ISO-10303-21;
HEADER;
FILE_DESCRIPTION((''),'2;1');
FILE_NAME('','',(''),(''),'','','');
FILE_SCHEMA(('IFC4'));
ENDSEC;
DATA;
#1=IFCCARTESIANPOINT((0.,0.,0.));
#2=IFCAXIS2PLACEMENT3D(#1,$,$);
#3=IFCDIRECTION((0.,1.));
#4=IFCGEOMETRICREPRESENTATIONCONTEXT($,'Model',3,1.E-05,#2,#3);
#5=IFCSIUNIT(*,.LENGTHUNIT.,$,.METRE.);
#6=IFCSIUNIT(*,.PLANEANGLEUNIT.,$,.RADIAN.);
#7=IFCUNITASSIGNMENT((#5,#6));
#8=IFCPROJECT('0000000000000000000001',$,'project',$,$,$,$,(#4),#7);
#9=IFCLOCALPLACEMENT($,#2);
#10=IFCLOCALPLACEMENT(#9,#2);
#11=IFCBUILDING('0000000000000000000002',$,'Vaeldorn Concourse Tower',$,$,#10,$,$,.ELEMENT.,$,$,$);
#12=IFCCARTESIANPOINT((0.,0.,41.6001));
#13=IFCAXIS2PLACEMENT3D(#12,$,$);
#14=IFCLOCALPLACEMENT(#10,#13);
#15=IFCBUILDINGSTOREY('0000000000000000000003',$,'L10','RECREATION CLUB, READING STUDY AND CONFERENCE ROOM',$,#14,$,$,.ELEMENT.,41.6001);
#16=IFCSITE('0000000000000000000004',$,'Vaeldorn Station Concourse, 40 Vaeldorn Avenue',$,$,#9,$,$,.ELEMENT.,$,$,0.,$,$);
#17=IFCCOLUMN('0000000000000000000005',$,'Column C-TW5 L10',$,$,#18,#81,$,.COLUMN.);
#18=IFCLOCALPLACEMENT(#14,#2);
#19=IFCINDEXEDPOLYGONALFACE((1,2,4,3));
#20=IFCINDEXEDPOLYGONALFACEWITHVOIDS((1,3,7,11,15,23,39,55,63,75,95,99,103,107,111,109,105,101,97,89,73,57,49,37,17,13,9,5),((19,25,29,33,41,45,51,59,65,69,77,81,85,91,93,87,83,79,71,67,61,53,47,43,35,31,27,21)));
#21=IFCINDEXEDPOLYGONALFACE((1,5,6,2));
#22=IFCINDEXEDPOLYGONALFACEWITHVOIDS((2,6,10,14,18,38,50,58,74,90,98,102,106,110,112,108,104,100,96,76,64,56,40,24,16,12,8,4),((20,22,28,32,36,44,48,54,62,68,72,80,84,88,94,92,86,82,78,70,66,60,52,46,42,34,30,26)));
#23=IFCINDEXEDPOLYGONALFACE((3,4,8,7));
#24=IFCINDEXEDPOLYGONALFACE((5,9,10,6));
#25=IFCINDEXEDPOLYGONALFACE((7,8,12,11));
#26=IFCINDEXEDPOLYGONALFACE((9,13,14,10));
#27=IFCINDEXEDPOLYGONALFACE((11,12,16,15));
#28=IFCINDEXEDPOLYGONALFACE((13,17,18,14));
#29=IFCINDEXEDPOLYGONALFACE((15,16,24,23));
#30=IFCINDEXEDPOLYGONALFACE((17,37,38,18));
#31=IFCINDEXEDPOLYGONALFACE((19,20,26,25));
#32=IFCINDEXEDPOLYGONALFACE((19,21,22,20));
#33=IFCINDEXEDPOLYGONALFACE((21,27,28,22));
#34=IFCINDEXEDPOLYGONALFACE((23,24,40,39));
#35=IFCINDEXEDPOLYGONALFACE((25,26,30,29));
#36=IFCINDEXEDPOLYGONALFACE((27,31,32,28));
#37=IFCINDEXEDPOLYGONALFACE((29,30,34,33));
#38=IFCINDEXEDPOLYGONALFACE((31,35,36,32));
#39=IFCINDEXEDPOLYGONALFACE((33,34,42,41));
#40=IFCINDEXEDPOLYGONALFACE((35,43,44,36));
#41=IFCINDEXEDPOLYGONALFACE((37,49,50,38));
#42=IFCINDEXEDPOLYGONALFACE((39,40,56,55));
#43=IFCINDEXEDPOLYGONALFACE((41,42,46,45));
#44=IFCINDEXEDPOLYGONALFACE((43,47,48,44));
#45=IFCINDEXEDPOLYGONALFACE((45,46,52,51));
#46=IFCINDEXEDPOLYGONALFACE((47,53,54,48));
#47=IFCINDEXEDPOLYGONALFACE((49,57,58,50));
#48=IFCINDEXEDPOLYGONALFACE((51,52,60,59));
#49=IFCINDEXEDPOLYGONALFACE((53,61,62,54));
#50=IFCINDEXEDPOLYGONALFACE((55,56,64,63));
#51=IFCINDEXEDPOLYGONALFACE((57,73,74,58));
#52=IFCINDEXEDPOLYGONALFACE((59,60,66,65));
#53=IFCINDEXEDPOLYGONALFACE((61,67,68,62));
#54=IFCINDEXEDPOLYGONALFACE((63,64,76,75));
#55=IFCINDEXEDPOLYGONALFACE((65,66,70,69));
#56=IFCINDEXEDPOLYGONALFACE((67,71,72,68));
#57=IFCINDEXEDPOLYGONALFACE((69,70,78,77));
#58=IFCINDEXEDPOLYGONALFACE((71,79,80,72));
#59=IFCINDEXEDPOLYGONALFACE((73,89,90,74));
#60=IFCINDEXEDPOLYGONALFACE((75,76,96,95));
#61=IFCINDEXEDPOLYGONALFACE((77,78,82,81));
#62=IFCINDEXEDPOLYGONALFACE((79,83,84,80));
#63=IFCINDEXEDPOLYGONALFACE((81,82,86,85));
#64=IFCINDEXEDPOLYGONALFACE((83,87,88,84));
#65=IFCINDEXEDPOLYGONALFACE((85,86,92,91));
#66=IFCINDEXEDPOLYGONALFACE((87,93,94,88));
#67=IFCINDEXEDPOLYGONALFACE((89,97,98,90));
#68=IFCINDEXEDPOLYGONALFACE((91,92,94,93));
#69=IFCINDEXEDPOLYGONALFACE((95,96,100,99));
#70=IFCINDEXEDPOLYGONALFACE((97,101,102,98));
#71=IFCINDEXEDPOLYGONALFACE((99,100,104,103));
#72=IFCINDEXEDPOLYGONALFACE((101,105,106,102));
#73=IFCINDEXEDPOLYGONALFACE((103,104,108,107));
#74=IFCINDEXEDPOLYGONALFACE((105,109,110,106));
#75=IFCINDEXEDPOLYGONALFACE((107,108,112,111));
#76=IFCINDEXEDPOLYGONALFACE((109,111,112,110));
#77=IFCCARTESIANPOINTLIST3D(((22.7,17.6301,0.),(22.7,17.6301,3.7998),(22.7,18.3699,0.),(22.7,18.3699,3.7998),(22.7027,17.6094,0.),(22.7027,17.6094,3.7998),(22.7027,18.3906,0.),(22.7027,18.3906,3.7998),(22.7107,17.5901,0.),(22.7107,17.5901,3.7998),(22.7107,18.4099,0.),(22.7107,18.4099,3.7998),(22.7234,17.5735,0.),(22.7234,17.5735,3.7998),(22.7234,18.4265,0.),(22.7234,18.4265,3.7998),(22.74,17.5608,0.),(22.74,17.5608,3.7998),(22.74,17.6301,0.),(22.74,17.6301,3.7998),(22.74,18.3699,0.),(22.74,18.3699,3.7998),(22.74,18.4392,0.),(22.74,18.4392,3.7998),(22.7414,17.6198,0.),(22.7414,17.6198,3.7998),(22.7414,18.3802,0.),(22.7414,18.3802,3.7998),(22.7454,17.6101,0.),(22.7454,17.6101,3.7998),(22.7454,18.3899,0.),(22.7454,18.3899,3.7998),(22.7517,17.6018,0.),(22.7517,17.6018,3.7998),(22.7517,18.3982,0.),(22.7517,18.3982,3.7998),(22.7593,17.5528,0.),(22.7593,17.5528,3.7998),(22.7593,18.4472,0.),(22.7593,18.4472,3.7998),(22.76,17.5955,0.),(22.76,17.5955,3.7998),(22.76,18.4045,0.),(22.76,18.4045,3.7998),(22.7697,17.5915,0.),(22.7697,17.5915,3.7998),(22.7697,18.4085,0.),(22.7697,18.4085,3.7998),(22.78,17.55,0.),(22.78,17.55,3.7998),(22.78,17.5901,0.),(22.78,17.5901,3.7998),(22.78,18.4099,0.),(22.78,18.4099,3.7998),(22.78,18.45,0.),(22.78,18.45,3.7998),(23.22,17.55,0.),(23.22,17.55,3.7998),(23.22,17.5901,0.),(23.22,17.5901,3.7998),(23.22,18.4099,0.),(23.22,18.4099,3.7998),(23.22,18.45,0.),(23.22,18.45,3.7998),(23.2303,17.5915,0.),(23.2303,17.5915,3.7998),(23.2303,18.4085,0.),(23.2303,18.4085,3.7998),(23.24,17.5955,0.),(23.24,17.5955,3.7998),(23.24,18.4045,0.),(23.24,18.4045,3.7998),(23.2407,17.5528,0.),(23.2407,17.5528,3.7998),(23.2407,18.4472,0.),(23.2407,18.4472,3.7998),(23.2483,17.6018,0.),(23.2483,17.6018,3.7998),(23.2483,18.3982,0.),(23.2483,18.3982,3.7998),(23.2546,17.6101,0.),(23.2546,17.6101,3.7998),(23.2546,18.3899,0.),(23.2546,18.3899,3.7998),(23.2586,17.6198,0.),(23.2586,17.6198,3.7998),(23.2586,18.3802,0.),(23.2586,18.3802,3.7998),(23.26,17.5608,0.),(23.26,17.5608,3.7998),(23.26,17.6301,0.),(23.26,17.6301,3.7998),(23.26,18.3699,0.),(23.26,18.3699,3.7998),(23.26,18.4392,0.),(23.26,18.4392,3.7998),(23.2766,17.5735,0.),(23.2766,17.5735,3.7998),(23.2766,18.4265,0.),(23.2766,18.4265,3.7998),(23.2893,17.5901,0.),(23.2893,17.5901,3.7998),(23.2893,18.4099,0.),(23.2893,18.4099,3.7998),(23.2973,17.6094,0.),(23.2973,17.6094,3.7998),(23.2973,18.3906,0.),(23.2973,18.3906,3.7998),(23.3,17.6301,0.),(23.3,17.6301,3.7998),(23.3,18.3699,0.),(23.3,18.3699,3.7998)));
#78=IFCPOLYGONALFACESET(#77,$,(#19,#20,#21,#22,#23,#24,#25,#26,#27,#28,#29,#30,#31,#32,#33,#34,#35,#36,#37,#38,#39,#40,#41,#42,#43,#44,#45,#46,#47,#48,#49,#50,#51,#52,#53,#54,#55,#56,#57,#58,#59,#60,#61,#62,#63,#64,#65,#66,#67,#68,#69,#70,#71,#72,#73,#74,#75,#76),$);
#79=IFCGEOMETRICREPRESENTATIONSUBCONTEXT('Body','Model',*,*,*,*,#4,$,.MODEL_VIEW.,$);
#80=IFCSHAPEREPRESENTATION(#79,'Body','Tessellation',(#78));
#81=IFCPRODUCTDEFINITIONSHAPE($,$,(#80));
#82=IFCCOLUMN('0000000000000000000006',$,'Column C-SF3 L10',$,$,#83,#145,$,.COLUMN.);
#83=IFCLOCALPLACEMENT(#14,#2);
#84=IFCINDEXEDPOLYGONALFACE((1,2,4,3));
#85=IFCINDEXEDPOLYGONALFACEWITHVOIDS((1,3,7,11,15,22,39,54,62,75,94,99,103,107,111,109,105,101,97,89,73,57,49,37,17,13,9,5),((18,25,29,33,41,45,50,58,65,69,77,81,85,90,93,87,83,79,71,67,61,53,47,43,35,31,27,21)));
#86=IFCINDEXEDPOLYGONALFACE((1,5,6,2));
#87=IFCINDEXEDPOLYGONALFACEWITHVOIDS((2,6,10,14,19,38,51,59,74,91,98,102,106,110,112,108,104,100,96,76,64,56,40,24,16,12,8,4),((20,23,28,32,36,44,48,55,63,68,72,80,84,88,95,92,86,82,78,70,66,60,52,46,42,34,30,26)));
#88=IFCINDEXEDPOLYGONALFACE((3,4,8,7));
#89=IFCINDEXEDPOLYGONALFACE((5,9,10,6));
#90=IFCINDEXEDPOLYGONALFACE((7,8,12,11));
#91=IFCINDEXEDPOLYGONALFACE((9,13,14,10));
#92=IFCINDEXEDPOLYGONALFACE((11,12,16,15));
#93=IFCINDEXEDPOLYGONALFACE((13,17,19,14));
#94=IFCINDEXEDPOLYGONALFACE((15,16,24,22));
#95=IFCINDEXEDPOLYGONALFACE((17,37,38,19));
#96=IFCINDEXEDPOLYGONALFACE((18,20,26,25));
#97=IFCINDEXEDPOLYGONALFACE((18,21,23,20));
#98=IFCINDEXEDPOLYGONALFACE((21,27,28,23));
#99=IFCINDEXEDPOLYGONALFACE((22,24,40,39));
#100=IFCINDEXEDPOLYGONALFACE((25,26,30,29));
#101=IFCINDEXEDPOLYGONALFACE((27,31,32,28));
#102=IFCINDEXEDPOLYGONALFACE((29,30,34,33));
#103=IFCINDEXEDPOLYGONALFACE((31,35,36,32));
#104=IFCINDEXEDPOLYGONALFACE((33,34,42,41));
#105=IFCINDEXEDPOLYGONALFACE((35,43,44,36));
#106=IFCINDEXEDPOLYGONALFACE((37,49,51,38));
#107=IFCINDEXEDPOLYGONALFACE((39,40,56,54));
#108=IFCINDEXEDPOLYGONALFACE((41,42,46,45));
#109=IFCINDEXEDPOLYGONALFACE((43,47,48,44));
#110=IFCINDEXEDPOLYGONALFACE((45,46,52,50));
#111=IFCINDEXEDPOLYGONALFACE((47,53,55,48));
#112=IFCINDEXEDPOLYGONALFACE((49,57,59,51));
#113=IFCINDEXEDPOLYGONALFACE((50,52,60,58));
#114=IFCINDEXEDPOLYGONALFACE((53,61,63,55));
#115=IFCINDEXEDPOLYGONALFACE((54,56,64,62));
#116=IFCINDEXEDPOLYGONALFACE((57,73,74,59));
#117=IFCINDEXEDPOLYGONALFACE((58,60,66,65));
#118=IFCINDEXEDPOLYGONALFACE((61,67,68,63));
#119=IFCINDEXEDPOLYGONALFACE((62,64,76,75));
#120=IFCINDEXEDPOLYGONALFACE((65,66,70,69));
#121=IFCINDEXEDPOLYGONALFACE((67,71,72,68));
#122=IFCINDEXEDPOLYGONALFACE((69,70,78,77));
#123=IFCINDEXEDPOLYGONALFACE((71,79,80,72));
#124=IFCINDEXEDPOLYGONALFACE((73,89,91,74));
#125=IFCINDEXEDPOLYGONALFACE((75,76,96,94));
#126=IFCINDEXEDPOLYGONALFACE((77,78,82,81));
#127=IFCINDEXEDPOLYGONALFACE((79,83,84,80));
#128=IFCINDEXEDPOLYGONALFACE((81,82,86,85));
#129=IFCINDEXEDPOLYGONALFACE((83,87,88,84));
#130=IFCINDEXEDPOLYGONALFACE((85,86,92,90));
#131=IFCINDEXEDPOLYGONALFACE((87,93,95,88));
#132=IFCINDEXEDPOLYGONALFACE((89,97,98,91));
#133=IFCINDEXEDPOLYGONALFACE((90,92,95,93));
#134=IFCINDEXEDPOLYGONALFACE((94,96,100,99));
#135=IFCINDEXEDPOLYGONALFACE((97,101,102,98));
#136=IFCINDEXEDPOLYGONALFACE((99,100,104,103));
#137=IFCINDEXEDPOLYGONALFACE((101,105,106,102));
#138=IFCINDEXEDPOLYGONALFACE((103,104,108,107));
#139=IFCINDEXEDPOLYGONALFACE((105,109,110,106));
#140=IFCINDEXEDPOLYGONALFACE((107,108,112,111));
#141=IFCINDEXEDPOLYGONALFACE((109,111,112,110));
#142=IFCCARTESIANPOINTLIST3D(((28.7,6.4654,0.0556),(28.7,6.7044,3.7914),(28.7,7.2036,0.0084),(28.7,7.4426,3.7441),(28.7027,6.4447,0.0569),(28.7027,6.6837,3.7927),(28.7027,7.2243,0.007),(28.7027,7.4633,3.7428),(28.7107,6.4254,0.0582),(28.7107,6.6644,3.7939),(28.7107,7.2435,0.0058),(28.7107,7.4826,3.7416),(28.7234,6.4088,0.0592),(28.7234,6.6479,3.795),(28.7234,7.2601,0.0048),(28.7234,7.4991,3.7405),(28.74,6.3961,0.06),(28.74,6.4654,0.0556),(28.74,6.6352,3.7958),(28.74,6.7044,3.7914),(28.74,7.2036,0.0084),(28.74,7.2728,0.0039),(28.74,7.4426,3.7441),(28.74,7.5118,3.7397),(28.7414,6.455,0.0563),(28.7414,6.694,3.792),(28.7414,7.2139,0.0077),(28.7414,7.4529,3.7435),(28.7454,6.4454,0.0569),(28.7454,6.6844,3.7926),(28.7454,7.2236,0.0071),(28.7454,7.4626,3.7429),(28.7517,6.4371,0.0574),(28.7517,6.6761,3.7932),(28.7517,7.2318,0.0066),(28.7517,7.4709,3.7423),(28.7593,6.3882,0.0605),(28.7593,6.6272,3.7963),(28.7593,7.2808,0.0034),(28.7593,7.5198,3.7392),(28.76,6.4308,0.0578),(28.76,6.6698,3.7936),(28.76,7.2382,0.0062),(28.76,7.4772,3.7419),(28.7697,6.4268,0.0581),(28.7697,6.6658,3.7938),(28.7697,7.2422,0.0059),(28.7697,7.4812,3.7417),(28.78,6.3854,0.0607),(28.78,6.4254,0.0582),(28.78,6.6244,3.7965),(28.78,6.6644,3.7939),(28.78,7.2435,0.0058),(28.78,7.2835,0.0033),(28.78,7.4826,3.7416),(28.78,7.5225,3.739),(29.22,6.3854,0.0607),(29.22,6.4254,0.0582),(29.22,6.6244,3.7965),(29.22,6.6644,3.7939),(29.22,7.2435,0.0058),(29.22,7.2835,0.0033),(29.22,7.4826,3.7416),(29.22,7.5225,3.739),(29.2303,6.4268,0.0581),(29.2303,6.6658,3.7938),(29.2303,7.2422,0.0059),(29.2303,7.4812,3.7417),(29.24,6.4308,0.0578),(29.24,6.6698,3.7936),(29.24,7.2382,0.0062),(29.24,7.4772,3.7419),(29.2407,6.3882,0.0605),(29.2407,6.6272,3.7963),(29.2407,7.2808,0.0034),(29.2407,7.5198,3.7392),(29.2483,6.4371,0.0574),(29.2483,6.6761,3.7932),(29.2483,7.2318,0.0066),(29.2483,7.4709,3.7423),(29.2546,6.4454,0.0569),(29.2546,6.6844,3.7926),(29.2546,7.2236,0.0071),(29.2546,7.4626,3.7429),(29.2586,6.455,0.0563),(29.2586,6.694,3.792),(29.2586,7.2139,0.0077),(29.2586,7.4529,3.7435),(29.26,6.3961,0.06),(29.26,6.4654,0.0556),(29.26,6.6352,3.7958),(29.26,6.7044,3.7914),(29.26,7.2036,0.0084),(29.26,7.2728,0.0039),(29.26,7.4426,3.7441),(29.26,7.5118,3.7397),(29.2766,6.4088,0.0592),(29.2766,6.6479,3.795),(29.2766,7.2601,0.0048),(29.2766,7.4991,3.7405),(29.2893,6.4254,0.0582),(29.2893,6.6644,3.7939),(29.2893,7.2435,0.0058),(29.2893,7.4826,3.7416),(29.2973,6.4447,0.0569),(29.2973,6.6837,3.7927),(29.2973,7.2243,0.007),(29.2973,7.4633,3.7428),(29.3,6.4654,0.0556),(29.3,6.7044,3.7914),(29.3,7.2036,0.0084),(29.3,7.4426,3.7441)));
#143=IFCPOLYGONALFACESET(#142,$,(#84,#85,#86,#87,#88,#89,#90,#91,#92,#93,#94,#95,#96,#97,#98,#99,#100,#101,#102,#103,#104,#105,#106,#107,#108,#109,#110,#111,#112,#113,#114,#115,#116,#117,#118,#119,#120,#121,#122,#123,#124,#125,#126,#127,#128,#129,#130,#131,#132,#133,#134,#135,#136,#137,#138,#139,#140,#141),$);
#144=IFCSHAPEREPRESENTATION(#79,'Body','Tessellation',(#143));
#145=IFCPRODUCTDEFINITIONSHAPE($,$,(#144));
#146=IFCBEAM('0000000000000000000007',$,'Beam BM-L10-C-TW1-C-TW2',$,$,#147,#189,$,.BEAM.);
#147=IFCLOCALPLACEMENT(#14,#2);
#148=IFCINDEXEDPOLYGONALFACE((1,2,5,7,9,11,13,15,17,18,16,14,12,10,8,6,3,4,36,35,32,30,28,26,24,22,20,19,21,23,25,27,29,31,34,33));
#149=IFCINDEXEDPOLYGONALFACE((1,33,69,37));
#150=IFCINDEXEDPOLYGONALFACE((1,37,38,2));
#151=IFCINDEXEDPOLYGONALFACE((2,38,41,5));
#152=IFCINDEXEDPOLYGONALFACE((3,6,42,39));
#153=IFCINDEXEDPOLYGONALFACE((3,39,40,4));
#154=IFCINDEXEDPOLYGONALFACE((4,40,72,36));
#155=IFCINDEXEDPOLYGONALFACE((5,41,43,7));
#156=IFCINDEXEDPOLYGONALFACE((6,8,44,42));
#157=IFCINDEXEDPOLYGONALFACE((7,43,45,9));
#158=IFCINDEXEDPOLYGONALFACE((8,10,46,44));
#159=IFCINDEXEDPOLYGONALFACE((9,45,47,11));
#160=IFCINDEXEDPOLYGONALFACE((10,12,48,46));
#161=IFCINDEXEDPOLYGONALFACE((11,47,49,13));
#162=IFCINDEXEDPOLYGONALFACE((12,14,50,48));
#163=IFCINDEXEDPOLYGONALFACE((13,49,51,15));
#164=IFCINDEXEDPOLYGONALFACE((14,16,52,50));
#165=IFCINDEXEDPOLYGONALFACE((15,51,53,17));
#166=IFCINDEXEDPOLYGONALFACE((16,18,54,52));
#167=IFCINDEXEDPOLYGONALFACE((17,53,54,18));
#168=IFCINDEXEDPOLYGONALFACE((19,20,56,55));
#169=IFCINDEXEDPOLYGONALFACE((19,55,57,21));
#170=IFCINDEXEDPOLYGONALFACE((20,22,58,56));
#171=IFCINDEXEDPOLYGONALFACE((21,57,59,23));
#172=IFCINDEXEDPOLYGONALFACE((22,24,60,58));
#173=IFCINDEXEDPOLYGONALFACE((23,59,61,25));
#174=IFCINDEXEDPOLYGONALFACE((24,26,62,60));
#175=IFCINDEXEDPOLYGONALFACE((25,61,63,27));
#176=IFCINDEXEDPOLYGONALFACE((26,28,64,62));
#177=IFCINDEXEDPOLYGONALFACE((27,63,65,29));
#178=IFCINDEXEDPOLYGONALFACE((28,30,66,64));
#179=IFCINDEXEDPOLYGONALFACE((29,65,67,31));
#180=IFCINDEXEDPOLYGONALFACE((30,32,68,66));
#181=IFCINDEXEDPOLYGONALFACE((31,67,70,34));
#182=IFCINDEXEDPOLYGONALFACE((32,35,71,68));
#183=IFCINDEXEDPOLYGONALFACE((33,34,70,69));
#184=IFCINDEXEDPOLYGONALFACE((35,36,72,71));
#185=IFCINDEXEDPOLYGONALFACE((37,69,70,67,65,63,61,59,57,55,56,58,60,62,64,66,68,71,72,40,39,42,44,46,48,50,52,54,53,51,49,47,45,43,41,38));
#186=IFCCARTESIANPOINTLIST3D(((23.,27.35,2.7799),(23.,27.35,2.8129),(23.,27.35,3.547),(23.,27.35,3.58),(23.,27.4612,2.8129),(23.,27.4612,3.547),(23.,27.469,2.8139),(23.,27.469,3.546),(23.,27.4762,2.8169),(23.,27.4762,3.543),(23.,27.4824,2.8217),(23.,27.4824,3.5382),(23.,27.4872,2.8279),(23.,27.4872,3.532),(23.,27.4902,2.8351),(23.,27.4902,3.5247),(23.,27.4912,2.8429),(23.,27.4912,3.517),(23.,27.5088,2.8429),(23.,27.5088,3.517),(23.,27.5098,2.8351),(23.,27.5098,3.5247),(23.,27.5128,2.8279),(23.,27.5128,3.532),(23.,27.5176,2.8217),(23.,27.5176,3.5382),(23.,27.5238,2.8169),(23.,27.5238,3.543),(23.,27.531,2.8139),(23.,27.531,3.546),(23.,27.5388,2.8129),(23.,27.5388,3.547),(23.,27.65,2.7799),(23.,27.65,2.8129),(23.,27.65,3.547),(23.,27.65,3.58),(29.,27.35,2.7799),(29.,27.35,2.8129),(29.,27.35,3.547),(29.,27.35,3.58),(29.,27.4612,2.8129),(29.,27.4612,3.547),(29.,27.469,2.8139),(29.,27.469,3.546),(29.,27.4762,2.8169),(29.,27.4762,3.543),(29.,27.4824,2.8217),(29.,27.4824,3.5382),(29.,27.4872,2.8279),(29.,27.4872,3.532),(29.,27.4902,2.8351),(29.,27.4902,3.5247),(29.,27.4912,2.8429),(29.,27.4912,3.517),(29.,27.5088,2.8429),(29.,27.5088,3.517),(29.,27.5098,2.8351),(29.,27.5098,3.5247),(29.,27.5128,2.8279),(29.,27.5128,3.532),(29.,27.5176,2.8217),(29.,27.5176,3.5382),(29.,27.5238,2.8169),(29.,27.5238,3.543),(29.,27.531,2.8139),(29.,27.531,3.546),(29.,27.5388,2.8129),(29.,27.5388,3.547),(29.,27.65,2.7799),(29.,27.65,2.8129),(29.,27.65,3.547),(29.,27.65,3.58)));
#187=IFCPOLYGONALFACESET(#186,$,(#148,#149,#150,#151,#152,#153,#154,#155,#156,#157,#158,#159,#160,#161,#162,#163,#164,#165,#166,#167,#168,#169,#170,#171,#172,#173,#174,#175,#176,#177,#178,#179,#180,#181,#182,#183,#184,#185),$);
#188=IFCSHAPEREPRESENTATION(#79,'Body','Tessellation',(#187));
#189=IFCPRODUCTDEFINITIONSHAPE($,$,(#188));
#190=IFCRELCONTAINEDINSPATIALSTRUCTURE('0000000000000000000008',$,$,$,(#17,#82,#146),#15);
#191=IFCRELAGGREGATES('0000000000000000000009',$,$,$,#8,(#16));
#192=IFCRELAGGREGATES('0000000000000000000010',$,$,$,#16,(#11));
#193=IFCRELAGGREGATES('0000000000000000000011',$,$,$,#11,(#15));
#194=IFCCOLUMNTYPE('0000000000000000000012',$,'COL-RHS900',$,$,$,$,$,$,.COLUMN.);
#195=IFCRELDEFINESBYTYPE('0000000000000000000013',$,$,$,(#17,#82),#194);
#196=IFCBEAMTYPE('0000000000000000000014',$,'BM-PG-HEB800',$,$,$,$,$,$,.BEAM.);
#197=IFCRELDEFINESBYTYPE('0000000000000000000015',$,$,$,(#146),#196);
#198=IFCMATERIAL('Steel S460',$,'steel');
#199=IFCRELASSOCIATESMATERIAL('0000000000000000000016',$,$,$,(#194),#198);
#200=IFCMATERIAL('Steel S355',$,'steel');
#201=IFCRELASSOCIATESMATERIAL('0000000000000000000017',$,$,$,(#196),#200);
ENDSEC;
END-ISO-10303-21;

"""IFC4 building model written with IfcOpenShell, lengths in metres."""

from ifc_helpers import new_model, si_unit, direction, frame, origin, origin_2d, place, context, subcontext, project, spatial, hollow_rectangle, i_section, extrude, source, transform, mapped, material, material_profile, profile_set, type_object, element, save


model = new_model("IFC4")

# Units and contexts
model_context = context("Model", 3, precision=1e-05, world=origin(), true_north=direction((0.0, 1.0)))
body_context = subcontext(model_context, "Body", "Model", "MODEL_VIEW")
ifc_project = project(units=[si_unit("LENGTHUNIT", "METRE"), si_unit("PLANEANGLEUNIT", "RADIAN")], contexts=[model_context])

# Site, building, storey
site_placement = place(None, origin())
site = spatial("IfcSite", under=ifc_project, at=site_placement, Name="Vaeldorn Station Concourse, 40 Vaeldorn Avenue", CompositionType="ELEMENT", RefElevation=0.0)
building_placement = place(site_placement, origin())
building = spatial("IfcBuilding", under=site, at=building_placement, Name="Vaeldorn Concourse Tower", CompositionType="ELEMENT")
storey_placement = place(building_placement, frame((0.0, 0.0, 41.6001)))
storey = spatial("IfcBuildingStorey", under=building, at=storey_placement, Name="L10", Description="RECREATION CLUB, READING STUDY AND CONFERENCE ROOM", CompositionType="ELEMENT", Elevation=41.6001)

# Columns
ifc_material_1 = material(Name="Steel S460", Category="steel")
ifc_material_profile_1 = material_profile(ifc_material_1, hollow_rectangle(XDim=0.6001, YDim=0.8999, WallThickness=0.04, InnerFilletRadius=0.04, OuterFilletRadius=0.0801, at=origin_2d()), Name="RHS 900x600x40")
ifc_profile_set_1 = profile_set([ifc_material_profile_1], Name="Steel S460")
column_type_1 = type_object("IfcColumnType", Name="COL-RHS900", PredefinedType="COLUMN", material=ifc_profile_set_1)
shared_shape_1 = source(origin(), body_context, "Body", "SweptSolid", [
    extrude(hollow_rectangle(XDim=0.6001, YDim=0.8999, WallThickness=0.04, InnerFilletRadius=0.04, OuterFilletRadius=0.0801, at=origin_2d()), origin(), (0.0, 0.0, 1.0), 3.7998),
])
for number, where, z_axis, x_axis, name in (
    (1, (23.0, 18.0, 0.0), (0.0, 0.0, 1.0), (1.0, 0.0, 0.0), "Column C-TW5 L10"),
):
    element("IfcColumn", number, at=place(storey_placement, frame(where, z_axis=z_axis, x_axis=x_axis)), inside=storey, type_object=column_type_1, Name=name, PredefinedType="COLUMN", context=body_context, shape_type="MappedRepresentation", body=[
        mapped(shared_shape_1, transform((0.0, 0.0, 0.0), scale=1.0)),
    ])
shared_shape_2 = source(origin(), body_context, "Body", "SweptSolid", [
    extrude(hollow_rectangle(XDim=0.6001, YDim=0.8999, WallThickness=0.04, InnerFilletRadius=0.04, OuterFilletRadius=0.0801, at=origin_2d()), origin(), (0.0, 0.0, 1.0), 3.7434),
])
column_1_placement = place(storey_placement, frame((29.0, 6.8345, 0.032), z_axis=(0.0, 0.063848, 0.99796), x_axis=(-1.0, 0.0, 0.0)))
element("IfcColumn", 2, at=column_1_placement, inside=storey, type_object=column_type_1, Name="Column C-SF3 L10", PredefinedType="COLUMN", context=body_context, shape_type="MappedRepresentation", body=[
    mapped(shared_shape_2, transform((0.0, 0.0, 0.0), scale=1.0)),
])

# Beam
ifc_material_2 = material(Name="Steel S355", Category="steel")
ifc_material_profile_2 = material_profile(ifc_material_2, i_section(OverallWidth=0.3, OverallDepth=0.8, WebThickness=0.0176, FlangeThickness=0.033, FilletRadius=0.03, at=origin_2d()), Name="HEB 800")
ifc_profile_set_2 = profile_set([ifc_material_profile_2], Name="Steel S355")
beam_type_1 = type_object("IfcBeamType", Name="BM-PG-HEB800", PredefinedType="BEAM", material=ifc_profile_set_2)
shared_shape_3 = source(origin(), body_context, "Body", "SweptSolid", [
    extrude(i_section(OverallWidth=0.3, OverallDepth=0.8, WebThickness=0.0176, FlangeThickness=0.033, FilletRadius=0.03, at=origin_2d()), origin(), (0.0, 0.0, 1.0), 6.0),
])
beam_1_placement = place(storey_placement, frame((23.0, 27.5, 3.1799), z_axis=(1.0, 0.0, 0.0), x_axis=(0.0, 1.0, 0.0)))
element("IfcBeam", 3, at=beam_1_placement, inside=storey, type_object=beam_type_1, Name="Beam BM-L10-C-TW1-C-TW2", PredefinedType="BEAM", context=body_context, shape_type="MappedRepresentation", body=[
    mapped(shared_shape_3, transform((0.0, 0.0, 0.0), scale=1.0)),
])

save(model, "model.ifc")
